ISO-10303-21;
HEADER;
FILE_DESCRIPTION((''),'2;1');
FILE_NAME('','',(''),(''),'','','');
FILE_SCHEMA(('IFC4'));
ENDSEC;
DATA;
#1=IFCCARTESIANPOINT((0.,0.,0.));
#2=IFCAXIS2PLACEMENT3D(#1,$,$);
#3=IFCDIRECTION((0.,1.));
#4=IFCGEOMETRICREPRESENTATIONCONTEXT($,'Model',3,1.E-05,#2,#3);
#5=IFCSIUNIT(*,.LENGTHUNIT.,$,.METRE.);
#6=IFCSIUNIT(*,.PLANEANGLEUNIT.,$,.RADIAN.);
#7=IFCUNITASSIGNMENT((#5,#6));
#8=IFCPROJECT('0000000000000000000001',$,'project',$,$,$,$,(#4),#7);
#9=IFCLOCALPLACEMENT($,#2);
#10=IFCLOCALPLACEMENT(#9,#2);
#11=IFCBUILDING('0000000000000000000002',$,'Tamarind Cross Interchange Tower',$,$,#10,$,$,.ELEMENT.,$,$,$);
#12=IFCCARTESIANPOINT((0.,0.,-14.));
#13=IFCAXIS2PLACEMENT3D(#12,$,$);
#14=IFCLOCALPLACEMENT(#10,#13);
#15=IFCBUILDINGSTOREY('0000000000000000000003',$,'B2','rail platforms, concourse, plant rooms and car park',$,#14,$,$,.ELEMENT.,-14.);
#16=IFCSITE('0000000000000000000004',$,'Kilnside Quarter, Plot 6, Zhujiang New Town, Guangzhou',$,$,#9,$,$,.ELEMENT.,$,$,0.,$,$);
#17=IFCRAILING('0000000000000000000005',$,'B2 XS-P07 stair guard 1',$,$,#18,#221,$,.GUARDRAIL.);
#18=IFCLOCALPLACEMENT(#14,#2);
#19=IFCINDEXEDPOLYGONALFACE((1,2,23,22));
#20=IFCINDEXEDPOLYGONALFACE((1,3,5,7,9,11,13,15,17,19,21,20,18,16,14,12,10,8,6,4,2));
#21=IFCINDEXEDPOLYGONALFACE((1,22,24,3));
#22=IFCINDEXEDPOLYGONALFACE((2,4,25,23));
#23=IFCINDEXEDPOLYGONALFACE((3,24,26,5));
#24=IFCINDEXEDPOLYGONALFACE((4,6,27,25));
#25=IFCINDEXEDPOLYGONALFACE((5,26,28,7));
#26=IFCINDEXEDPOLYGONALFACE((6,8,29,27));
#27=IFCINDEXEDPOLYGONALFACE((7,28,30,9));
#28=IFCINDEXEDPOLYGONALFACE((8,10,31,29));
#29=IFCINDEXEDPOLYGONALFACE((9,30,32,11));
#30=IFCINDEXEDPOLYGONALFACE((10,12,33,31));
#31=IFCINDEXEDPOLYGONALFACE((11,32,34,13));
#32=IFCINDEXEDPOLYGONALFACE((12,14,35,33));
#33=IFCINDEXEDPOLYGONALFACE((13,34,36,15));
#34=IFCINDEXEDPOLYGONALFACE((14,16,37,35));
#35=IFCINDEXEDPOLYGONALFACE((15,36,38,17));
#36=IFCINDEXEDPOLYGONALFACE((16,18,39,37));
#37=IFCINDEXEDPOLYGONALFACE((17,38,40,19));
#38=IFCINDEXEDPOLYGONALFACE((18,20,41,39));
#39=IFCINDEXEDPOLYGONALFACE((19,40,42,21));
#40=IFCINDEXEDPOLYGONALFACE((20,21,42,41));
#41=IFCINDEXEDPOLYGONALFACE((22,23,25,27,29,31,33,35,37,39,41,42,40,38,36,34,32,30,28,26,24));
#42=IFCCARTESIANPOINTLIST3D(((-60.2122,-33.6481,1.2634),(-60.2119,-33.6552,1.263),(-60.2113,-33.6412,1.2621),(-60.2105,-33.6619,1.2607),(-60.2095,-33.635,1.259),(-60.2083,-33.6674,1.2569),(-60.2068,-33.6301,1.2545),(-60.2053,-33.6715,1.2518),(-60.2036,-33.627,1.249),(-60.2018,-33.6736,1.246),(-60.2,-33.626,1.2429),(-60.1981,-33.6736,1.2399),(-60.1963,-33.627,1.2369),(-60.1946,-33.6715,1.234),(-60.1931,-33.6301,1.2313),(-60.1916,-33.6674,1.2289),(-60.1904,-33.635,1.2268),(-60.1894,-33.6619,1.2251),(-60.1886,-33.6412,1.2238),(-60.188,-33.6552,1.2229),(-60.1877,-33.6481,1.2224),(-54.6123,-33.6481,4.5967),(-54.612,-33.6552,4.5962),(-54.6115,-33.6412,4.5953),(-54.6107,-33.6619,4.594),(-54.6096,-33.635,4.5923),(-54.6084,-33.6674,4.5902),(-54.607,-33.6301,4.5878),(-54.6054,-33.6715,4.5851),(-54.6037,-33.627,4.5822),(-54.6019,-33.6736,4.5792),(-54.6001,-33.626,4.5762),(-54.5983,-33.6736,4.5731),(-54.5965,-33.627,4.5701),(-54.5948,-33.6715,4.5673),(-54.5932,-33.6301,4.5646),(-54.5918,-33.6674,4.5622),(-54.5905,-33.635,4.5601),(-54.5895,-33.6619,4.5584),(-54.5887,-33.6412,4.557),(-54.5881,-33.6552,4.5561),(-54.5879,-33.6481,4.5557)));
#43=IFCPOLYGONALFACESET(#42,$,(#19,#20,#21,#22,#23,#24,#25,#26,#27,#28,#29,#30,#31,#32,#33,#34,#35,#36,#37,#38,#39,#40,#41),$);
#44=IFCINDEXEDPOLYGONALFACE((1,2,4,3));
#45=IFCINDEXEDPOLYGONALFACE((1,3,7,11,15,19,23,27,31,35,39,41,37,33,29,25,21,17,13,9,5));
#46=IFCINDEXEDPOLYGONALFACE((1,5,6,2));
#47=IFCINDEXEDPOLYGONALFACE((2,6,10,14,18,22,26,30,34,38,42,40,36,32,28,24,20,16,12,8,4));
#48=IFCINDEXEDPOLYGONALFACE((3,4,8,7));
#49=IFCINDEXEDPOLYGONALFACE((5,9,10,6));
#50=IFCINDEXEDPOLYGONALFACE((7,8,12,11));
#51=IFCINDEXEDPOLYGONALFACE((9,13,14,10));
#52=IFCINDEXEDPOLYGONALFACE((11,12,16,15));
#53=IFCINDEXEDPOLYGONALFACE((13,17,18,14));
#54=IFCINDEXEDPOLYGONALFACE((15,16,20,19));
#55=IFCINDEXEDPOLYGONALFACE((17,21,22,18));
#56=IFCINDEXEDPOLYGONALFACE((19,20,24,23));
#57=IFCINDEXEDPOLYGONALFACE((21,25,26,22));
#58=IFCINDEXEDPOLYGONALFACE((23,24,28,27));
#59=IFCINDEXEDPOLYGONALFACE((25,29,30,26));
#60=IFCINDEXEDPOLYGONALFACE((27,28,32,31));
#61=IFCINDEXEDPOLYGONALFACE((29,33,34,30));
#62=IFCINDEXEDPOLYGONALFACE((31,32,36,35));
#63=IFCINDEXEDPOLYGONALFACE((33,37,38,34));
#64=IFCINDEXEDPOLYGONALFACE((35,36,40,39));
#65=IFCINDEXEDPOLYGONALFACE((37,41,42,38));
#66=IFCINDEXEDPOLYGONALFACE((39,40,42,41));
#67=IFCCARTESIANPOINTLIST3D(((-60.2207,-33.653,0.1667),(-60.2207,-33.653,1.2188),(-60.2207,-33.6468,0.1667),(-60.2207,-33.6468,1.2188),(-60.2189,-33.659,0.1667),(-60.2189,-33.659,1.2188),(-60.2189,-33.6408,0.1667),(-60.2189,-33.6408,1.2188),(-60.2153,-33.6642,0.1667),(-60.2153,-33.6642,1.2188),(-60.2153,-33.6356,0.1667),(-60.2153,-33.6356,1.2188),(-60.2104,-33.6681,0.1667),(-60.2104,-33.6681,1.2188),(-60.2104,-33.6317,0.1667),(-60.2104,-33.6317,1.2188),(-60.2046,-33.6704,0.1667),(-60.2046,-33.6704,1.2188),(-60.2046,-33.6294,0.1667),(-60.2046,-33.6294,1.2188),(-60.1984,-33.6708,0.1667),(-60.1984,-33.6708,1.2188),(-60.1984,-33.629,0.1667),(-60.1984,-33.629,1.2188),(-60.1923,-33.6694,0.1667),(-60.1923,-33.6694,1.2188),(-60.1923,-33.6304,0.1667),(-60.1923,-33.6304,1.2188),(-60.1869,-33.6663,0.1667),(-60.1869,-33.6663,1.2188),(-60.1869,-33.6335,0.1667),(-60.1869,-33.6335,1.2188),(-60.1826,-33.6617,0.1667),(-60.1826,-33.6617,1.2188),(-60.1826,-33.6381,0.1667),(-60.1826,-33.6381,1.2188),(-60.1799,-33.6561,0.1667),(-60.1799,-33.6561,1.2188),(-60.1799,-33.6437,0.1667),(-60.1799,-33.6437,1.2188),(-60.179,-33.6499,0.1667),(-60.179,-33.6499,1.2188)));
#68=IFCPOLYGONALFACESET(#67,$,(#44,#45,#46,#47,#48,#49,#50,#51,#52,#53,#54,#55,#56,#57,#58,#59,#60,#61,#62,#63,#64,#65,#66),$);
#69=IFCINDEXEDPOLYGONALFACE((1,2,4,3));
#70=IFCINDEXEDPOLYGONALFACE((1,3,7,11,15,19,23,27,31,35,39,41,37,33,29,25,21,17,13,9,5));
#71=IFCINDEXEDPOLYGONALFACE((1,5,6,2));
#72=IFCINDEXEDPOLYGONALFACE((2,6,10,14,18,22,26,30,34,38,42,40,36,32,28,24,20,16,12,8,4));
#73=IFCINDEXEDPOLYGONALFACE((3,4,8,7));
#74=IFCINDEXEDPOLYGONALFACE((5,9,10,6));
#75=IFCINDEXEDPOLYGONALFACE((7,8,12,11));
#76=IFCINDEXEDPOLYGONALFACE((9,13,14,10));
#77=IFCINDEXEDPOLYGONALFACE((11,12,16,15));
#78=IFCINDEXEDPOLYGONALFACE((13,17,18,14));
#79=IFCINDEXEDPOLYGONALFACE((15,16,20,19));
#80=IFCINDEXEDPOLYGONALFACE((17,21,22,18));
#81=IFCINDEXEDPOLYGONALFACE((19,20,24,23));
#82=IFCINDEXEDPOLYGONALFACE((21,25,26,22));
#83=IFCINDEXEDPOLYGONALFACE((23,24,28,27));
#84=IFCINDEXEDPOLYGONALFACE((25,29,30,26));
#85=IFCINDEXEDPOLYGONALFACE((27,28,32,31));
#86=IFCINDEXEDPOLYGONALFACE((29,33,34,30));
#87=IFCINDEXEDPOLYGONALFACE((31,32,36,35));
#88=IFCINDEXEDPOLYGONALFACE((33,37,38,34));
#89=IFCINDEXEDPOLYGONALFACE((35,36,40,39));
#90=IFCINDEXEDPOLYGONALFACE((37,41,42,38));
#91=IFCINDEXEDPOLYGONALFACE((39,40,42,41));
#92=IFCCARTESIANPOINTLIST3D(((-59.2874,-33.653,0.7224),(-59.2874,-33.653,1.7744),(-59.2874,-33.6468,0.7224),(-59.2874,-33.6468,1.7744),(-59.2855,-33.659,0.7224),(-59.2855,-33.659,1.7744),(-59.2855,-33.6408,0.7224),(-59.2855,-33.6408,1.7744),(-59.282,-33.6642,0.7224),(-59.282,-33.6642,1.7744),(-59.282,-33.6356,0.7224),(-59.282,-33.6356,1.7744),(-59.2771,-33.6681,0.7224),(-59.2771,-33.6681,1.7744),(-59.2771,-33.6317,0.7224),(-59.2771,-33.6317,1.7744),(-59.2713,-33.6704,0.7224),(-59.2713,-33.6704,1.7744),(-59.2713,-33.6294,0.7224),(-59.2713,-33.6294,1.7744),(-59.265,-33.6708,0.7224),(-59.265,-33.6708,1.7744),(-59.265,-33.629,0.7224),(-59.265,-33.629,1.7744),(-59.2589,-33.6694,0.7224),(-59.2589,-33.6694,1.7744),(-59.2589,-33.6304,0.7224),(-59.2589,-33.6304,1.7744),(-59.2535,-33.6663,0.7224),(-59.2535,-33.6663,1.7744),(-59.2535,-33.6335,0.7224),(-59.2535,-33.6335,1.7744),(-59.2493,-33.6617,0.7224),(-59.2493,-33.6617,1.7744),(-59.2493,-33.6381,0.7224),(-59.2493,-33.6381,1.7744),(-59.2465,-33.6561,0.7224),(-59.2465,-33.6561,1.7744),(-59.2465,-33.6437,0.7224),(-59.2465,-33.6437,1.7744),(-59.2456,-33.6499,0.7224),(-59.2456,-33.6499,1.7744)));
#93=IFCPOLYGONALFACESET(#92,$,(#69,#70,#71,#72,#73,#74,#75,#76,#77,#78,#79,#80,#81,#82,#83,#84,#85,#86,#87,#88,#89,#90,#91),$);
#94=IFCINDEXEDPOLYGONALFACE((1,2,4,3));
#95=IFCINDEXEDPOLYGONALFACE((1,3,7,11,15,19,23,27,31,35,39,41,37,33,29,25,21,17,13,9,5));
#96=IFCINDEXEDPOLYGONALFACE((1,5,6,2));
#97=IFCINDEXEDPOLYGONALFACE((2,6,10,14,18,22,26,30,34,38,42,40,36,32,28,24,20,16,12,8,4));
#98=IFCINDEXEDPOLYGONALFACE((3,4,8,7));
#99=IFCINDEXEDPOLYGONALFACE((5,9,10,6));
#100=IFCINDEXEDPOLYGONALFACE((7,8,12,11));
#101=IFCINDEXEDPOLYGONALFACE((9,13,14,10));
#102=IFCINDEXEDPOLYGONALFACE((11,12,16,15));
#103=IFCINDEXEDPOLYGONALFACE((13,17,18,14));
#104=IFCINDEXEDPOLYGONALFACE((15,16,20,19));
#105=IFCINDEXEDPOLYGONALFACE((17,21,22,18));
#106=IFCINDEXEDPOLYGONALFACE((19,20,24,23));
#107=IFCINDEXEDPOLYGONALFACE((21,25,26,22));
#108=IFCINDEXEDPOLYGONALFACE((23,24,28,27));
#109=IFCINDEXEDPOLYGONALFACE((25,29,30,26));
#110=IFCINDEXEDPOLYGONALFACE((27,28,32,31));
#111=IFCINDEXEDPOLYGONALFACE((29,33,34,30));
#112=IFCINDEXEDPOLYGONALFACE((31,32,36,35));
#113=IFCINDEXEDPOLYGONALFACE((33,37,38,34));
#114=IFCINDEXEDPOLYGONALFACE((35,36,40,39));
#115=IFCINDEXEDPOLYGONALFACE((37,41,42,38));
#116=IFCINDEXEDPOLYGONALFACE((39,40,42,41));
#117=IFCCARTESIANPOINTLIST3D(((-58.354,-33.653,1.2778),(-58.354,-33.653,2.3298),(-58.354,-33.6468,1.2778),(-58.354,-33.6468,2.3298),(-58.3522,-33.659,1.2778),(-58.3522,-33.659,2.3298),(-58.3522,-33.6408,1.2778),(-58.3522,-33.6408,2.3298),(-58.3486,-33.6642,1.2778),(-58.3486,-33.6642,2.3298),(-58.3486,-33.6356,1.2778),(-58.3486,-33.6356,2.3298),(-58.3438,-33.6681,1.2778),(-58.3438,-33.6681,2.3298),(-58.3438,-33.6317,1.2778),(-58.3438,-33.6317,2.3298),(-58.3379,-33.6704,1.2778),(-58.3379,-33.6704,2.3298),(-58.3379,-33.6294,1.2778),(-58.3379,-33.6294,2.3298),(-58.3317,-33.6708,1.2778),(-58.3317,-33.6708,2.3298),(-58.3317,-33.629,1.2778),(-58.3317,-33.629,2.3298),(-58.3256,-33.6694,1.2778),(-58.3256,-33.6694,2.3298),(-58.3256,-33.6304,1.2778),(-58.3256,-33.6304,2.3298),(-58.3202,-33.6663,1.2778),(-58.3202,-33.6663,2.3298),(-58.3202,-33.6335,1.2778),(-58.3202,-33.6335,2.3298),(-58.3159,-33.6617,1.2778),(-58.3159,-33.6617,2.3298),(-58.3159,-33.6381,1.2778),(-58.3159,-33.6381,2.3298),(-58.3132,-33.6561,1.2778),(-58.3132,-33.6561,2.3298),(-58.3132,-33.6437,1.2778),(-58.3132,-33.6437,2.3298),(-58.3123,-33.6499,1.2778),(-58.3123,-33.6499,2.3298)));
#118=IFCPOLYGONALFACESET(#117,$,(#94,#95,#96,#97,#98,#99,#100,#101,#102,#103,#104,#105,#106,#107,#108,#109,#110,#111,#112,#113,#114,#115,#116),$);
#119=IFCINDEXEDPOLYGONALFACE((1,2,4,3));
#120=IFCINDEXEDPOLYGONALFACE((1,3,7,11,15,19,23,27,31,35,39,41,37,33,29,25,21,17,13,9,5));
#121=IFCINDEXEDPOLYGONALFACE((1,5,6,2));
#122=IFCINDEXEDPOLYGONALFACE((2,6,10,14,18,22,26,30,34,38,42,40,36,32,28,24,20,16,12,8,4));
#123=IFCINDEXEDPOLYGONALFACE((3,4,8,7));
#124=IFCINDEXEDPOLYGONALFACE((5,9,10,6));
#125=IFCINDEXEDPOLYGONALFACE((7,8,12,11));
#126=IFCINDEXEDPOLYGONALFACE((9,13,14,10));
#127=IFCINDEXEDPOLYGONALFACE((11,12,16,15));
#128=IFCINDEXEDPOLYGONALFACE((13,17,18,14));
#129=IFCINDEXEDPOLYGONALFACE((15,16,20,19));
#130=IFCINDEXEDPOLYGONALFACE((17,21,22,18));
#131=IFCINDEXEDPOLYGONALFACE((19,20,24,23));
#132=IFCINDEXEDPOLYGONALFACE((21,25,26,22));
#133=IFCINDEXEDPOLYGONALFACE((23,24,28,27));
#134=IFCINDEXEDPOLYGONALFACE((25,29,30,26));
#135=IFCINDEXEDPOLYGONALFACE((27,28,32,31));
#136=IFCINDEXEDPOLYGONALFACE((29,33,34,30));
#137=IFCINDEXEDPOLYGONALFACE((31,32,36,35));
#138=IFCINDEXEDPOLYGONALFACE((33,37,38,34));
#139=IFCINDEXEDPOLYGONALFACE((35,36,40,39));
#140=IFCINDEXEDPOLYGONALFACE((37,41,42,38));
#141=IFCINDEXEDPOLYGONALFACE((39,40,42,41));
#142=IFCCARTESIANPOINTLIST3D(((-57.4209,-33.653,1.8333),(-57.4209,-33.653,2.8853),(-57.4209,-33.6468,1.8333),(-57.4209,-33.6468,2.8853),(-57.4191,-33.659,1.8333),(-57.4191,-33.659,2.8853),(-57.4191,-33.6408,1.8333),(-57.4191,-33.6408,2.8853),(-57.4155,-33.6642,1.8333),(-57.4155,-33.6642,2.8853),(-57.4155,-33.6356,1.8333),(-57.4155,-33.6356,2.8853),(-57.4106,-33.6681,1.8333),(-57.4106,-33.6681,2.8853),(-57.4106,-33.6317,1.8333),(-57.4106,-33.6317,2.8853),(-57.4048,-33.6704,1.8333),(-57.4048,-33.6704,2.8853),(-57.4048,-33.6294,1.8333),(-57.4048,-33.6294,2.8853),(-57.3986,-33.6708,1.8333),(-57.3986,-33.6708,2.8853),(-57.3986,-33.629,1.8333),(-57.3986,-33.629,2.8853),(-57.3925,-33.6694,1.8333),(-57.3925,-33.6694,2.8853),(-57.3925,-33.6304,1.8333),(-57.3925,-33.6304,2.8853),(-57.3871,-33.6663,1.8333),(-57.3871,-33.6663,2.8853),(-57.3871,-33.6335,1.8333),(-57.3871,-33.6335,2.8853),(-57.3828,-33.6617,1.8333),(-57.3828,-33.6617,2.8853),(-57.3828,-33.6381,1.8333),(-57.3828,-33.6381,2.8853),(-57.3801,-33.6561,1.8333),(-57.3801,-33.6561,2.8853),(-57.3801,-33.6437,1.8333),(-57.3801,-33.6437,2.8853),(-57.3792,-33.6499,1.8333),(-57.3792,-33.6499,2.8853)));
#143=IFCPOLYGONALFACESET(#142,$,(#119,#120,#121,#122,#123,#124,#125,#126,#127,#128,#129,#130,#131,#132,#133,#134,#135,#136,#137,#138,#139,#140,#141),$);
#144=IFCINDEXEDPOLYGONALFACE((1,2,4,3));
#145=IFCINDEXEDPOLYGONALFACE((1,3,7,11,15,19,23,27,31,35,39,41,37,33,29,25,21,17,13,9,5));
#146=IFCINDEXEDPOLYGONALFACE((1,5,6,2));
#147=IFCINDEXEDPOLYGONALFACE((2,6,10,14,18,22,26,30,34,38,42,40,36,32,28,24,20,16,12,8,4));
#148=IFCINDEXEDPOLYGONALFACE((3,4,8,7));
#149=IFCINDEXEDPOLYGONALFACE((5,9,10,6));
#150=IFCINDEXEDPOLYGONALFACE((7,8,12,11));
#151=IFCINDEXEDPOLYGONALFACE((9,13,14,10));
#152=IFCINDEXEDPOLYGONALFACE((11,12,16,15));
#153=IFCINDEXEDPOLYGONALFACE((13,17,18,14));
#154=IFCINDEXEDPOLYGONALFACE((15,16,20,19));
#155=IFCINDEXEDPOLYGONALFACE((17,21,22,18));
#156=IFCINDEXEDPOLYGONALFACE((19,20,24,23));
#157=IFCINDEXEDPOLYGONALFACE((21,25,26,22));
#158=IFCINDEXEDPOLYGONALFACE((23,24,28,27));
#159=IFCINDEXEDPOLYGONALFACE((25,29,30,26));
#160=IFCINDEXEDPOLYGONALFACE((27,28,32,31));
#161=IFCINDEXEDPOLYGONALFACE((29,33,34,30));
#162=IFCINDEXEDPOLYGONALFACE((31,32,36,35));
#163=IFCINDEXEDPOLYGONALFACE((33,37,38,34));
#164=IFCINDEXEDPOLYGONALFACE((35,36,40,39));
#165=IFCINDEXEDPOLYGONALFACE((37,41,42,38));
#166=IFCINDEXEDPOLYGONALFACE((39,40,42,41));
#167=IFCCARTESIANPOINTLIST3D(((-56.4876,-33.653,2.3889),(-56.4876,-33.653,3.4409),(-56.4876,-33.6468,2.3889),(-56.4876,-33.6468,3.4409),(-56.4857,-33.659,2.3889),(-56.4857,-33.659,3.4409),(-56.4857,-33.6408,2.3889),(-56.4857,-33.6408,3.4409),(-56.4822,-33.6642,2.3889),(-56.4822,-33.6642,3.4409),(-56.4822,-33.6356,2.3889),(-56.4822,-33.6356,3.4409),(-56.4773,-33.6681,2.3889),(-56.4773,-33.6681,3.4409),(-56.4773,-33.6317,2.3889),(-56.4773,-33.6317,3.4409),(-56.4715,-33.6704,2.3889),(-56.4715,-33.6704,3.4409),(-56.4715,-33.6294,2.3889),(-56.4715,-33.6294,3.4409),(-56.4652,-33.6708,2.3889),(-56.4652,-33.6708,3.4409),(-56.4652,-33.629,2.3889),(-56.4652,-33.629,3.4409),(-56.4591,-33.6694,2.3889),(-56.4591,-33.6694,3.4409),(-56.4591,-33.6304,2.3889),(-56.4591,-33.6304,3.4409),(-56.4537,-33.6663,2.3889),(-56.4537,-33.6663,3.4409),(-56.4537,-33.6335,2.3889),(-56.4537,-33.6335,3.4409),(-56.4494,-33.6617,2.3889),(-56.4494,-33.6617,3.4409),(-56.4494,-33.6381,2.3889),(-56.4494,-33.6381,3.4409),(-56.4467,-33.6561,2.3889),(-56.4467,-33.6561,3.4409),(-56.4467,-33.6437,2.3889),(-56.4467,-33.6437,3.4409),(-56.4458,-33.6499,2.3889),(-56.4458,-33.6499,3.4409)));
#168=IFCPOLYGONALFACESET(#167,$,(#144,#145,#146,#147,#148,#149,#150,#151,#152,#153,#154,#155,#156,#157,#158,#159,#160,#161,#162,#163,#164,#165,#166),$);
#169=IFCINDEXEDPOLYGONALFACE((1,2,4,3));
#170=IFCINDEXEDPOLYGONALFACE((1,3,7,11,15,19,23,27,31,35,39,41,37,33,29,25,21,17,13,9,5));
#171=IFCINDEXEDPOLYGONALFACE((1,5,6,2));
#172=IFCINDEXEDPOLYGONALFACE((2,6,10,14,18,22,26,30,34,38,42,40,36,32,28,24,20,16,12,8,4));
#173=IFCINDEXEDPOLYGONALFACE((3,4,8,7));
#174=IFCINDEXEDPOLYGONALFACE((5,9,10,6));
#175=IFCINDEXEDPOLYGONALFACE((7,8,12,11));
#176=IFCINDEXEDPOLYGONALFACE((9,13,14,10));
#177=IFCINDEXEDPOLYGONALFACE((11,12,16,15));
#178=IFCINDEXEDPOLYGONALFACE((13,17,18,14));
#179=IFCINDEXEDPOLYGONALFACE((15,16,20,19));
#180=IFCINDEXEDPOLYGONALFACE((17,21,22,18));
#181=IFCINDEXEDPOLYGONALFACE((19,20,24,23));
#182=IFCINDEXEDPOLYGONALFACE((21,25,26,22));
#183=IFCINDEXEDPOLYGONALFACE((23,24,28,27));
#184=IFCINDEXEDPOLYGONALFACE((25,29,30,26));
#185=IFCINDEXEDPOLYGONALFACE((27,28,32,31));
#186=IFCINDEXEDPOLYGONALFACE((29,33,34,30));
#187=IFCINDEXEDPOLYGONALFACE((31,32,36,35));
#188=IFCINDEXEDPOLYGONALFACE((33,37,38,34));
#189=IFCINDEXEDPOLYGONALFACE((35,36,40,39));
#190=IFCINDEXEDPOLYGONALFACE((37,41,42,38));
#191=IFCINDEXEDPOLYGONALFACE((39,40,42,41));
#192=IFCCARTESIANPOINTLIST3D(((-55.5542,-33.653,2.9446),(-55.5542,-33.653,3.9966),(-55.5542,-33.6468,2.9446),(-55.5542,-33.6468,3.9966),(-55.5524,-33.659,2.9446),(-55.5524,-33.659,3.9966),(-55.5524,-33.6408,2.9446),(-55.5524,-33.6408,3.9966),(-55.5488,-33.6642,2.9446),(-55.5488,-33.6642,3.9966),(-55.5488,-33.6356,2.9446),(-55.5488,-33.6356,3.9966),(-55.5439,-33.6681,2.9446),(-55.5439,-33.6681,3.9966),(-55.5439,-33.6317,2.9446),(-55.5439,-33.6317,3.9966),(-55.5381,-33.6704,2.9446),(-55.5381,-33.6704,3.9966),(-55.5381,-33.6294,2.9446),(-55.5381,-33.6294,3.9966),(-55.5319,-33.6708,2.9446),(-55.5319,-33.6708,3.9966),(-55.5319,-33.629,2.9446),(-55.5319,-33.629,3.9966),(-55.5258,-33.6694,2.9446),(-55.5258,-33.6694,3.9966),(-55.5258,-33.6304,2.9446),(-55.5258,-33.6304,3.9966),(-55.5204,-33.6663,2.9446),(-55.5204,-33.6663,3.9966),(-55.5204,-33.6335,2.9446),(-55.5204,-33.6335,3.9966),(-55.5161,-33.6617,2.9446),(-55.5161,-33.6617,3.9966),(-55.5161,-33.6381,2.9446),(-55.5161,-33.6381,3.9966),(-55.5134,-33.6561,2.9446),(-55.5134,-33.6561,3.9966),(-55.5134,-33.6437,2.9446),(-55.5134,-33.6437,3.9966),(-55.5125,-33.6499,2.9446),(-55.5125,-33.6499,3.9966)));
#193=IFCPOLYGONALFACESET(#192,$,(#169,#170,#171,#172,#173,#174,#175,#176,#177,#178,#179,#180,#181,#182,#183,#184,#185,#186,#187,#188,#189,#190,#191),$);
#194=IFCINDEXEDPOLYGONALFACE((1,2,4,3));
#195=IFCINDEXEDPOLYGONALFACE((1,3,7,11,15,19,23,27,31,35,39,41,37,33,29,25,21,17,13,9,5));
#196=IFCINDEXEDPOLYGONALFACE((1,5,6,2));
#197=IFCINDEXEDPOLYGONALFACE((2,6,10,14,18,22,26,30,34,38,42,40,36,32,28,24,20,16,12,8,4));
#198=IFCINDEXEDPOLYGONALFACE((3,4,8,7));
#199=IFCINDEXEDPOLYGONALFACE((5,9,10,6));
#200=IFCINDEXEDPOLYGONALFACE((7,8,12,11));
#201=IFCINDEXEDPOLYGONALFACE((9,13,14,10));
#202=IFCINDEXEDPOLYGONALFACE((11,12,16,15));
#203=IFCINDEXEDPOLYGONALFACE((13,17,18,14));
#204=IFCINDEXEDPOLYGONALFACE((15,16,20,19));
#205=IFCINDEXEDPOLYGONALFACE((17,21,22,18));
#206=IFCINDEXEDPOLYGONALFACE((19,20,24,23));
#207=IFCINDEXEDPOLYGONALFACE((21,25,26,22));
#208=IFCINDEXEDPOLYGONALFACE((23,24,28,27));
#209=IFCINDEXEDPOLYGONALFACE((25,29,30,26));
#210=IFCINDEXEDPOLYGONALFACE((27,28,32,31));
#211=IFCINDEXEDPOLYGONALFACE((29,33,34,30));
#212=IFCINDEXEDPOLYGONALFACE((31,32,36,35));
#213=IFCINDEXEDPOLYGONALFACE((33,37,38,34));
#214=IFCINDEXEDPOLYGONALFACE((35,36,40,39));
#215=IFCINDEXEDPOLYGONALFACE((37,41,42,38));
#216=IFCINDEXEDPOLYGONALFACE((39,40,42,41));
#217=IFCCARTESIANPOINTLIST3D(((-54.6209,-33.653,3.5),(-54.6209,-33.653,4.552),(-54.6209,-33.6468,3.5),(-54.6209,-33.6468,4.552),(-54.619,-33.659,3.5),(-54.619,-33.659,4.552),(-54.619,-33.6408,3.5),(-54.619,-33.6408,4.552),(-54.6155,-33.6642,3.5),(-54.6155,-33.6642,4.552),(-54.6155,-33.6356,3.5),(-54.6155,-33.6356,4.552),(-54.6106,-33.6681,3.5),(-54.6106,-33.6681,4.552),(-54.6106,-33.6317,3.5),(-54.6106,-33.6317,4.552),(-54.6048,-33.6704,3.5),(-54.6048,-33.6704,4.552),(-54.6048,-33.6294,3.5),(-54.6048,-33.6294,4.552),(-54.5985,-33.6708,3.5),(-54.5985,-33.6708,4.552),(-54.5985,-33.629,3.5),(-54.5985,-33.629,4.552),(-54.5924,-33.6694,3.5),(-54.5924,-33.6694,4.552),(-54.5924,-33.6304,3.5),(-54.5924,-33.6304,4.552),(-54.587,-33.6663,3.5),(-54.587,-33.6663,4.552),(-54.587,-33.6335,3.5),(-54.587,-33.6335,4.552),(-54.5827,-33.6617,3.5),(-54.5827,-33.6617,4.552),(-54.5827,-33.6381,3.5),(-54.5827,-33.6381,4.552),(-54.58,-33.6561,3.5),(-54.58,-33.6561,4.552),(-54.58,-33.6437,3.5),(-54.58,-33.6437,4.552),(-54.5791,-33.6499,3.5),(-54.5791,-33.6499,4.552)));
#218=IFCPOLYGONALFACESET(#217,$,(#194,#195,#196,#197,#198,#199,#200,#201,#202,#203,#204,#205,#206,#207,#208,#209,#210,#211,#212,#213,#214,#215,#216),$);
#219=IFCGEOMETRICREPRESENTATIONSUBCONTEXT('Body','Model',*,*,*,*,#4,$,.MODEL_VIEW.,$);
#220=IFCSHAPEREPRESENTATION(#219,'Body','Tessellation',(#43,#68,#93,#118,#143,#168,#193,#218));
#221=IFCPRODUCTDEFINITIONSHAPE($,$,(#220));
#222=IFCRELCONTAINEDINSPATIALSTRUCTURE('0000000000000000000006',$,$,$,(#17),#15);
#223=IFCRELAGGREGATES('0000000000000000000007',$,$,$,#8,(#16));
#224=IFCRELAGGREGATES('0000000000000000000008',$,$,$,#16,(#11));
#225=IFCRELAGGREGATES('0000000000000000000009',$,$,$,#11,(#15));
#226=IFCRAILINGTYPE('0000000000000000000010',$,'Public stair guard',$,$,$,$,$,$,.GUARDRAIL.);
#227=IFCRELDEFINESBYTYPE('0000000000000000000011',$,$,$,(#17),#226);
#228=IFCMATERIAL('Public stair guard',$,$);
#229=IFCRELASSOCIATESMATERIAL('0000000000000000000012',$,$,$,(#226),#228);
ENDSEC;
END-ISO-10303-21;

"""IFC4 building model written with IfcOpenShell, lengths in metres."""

from ifc_helpers import new_model, si_unit, direction, frame, origin, origin_2d, place, context, subcontext, project, spatial, circle, extrude, material, type_object, element, save


model = new_model("IFC4")

# Units and contexts
model_context = context("Model", 3, precision=1e-05, world=origin(), true_north=direction((0.0, 1.0)))
body_context = subcontext(model_context, "Body", "Model", "MODEL_VIEW")
ifc_project = project(units=[si_unit("LENGTHUNIT", "METRE"), si_unit("PLANEANGLEUNIT", "RADIAN")], contexts=[model_context])

# Site, building, storey
site_placement = place(None, origin())
site = spatial("IfcSite", under=ifc_project, at=site_placement, Name="Kilnside Quarter, Plot 6, Zhujiang New Town, Guangzhou", CompositionType="ELEMENT", RefElevation=0.0)
building_placement = place(site_placement, origin())
building = spatial("IfcBuilding", under=site, at=building_placement, Name="Tamarind Cross Interchange Tower", CompositionType="ELEMENT")
storey_placement = place(building_placement, frame((0.0, 0.0, -14.0)))
storey = spatial("IfcBuildingStorey", under=building, at=storey_placement, Name="B2", Description="rail platforms, concourse, plant rooms and car park", CompositionType="ELEMENT", Elevation=-14.0)

# Railing
ifc_material_1 = material(Name="Public stair guard")
railing_type_1 = type_object("IfcRailingType", Name="Public stair guard", PredefinedType="GUARDRAIL", material=ifc_material_1)
railing_1_placement = place(storey_placement, frame((-60.2, -33.6499, 0.1667)))
element("IfcRailing", 1, at=railing_1_placement, inside=storey, type_object=railing_type_1, Name="B2 XS-P07 stair guard 1", PredefinedType="GUARDRAIL", context=body_context, shape_type="SweptSolid", body=[
    extrude(circle(Radius=0.0239, at=origin_2d()), frame((0.0, 0.0, 1.0762), z_axis=(0.859292, 0.0, 0.511485), x_axis=(0.0, 1.0, 0.0)), (0.0, 0.0, 1.0), 6.5168),
    extrude(circle(Radius=0.021, at=origin_2d()), origin(), (0.0, 0.0, 1.0), 1.052),
    extrude(circle(Radius=0.021, at=origin_2d()), frame((0.9333, 0.0, 0.5557)), (0.0, 0.0, 1.0), 1.052),
    extrude(circle(Radius=0.021, at=origin_2d()), frame((1.8667, 0.0, 1.1111)), (0.0, 0.0, 1.0), 1.052),
    extrude(circle(Radius=0.021, at=origin_2d()), frame((2.7998, 0.0, 1.6665)), (0.0, 0.0, 1.0), 1.052),
    extrude(circle(Radius=0.021, at=origin_2d()), frame((3.7332, 0.0, 2.2222)), (0.0, 0.0, 1.0), 1.052),
    extrude(circle(Radius=0.021, at=origin_2d()), frame((4.6665, 0.0, 2.7778)), (0.0, 0.0, 1.0), 1.052),
    extrude(circle(Radius=0.021, at=origin_2d()), frame((5.5999, 0.0, 3.3333)), (0.0, 0.0, 1.0), 1.052),
])

save(model, "model.ifc")
